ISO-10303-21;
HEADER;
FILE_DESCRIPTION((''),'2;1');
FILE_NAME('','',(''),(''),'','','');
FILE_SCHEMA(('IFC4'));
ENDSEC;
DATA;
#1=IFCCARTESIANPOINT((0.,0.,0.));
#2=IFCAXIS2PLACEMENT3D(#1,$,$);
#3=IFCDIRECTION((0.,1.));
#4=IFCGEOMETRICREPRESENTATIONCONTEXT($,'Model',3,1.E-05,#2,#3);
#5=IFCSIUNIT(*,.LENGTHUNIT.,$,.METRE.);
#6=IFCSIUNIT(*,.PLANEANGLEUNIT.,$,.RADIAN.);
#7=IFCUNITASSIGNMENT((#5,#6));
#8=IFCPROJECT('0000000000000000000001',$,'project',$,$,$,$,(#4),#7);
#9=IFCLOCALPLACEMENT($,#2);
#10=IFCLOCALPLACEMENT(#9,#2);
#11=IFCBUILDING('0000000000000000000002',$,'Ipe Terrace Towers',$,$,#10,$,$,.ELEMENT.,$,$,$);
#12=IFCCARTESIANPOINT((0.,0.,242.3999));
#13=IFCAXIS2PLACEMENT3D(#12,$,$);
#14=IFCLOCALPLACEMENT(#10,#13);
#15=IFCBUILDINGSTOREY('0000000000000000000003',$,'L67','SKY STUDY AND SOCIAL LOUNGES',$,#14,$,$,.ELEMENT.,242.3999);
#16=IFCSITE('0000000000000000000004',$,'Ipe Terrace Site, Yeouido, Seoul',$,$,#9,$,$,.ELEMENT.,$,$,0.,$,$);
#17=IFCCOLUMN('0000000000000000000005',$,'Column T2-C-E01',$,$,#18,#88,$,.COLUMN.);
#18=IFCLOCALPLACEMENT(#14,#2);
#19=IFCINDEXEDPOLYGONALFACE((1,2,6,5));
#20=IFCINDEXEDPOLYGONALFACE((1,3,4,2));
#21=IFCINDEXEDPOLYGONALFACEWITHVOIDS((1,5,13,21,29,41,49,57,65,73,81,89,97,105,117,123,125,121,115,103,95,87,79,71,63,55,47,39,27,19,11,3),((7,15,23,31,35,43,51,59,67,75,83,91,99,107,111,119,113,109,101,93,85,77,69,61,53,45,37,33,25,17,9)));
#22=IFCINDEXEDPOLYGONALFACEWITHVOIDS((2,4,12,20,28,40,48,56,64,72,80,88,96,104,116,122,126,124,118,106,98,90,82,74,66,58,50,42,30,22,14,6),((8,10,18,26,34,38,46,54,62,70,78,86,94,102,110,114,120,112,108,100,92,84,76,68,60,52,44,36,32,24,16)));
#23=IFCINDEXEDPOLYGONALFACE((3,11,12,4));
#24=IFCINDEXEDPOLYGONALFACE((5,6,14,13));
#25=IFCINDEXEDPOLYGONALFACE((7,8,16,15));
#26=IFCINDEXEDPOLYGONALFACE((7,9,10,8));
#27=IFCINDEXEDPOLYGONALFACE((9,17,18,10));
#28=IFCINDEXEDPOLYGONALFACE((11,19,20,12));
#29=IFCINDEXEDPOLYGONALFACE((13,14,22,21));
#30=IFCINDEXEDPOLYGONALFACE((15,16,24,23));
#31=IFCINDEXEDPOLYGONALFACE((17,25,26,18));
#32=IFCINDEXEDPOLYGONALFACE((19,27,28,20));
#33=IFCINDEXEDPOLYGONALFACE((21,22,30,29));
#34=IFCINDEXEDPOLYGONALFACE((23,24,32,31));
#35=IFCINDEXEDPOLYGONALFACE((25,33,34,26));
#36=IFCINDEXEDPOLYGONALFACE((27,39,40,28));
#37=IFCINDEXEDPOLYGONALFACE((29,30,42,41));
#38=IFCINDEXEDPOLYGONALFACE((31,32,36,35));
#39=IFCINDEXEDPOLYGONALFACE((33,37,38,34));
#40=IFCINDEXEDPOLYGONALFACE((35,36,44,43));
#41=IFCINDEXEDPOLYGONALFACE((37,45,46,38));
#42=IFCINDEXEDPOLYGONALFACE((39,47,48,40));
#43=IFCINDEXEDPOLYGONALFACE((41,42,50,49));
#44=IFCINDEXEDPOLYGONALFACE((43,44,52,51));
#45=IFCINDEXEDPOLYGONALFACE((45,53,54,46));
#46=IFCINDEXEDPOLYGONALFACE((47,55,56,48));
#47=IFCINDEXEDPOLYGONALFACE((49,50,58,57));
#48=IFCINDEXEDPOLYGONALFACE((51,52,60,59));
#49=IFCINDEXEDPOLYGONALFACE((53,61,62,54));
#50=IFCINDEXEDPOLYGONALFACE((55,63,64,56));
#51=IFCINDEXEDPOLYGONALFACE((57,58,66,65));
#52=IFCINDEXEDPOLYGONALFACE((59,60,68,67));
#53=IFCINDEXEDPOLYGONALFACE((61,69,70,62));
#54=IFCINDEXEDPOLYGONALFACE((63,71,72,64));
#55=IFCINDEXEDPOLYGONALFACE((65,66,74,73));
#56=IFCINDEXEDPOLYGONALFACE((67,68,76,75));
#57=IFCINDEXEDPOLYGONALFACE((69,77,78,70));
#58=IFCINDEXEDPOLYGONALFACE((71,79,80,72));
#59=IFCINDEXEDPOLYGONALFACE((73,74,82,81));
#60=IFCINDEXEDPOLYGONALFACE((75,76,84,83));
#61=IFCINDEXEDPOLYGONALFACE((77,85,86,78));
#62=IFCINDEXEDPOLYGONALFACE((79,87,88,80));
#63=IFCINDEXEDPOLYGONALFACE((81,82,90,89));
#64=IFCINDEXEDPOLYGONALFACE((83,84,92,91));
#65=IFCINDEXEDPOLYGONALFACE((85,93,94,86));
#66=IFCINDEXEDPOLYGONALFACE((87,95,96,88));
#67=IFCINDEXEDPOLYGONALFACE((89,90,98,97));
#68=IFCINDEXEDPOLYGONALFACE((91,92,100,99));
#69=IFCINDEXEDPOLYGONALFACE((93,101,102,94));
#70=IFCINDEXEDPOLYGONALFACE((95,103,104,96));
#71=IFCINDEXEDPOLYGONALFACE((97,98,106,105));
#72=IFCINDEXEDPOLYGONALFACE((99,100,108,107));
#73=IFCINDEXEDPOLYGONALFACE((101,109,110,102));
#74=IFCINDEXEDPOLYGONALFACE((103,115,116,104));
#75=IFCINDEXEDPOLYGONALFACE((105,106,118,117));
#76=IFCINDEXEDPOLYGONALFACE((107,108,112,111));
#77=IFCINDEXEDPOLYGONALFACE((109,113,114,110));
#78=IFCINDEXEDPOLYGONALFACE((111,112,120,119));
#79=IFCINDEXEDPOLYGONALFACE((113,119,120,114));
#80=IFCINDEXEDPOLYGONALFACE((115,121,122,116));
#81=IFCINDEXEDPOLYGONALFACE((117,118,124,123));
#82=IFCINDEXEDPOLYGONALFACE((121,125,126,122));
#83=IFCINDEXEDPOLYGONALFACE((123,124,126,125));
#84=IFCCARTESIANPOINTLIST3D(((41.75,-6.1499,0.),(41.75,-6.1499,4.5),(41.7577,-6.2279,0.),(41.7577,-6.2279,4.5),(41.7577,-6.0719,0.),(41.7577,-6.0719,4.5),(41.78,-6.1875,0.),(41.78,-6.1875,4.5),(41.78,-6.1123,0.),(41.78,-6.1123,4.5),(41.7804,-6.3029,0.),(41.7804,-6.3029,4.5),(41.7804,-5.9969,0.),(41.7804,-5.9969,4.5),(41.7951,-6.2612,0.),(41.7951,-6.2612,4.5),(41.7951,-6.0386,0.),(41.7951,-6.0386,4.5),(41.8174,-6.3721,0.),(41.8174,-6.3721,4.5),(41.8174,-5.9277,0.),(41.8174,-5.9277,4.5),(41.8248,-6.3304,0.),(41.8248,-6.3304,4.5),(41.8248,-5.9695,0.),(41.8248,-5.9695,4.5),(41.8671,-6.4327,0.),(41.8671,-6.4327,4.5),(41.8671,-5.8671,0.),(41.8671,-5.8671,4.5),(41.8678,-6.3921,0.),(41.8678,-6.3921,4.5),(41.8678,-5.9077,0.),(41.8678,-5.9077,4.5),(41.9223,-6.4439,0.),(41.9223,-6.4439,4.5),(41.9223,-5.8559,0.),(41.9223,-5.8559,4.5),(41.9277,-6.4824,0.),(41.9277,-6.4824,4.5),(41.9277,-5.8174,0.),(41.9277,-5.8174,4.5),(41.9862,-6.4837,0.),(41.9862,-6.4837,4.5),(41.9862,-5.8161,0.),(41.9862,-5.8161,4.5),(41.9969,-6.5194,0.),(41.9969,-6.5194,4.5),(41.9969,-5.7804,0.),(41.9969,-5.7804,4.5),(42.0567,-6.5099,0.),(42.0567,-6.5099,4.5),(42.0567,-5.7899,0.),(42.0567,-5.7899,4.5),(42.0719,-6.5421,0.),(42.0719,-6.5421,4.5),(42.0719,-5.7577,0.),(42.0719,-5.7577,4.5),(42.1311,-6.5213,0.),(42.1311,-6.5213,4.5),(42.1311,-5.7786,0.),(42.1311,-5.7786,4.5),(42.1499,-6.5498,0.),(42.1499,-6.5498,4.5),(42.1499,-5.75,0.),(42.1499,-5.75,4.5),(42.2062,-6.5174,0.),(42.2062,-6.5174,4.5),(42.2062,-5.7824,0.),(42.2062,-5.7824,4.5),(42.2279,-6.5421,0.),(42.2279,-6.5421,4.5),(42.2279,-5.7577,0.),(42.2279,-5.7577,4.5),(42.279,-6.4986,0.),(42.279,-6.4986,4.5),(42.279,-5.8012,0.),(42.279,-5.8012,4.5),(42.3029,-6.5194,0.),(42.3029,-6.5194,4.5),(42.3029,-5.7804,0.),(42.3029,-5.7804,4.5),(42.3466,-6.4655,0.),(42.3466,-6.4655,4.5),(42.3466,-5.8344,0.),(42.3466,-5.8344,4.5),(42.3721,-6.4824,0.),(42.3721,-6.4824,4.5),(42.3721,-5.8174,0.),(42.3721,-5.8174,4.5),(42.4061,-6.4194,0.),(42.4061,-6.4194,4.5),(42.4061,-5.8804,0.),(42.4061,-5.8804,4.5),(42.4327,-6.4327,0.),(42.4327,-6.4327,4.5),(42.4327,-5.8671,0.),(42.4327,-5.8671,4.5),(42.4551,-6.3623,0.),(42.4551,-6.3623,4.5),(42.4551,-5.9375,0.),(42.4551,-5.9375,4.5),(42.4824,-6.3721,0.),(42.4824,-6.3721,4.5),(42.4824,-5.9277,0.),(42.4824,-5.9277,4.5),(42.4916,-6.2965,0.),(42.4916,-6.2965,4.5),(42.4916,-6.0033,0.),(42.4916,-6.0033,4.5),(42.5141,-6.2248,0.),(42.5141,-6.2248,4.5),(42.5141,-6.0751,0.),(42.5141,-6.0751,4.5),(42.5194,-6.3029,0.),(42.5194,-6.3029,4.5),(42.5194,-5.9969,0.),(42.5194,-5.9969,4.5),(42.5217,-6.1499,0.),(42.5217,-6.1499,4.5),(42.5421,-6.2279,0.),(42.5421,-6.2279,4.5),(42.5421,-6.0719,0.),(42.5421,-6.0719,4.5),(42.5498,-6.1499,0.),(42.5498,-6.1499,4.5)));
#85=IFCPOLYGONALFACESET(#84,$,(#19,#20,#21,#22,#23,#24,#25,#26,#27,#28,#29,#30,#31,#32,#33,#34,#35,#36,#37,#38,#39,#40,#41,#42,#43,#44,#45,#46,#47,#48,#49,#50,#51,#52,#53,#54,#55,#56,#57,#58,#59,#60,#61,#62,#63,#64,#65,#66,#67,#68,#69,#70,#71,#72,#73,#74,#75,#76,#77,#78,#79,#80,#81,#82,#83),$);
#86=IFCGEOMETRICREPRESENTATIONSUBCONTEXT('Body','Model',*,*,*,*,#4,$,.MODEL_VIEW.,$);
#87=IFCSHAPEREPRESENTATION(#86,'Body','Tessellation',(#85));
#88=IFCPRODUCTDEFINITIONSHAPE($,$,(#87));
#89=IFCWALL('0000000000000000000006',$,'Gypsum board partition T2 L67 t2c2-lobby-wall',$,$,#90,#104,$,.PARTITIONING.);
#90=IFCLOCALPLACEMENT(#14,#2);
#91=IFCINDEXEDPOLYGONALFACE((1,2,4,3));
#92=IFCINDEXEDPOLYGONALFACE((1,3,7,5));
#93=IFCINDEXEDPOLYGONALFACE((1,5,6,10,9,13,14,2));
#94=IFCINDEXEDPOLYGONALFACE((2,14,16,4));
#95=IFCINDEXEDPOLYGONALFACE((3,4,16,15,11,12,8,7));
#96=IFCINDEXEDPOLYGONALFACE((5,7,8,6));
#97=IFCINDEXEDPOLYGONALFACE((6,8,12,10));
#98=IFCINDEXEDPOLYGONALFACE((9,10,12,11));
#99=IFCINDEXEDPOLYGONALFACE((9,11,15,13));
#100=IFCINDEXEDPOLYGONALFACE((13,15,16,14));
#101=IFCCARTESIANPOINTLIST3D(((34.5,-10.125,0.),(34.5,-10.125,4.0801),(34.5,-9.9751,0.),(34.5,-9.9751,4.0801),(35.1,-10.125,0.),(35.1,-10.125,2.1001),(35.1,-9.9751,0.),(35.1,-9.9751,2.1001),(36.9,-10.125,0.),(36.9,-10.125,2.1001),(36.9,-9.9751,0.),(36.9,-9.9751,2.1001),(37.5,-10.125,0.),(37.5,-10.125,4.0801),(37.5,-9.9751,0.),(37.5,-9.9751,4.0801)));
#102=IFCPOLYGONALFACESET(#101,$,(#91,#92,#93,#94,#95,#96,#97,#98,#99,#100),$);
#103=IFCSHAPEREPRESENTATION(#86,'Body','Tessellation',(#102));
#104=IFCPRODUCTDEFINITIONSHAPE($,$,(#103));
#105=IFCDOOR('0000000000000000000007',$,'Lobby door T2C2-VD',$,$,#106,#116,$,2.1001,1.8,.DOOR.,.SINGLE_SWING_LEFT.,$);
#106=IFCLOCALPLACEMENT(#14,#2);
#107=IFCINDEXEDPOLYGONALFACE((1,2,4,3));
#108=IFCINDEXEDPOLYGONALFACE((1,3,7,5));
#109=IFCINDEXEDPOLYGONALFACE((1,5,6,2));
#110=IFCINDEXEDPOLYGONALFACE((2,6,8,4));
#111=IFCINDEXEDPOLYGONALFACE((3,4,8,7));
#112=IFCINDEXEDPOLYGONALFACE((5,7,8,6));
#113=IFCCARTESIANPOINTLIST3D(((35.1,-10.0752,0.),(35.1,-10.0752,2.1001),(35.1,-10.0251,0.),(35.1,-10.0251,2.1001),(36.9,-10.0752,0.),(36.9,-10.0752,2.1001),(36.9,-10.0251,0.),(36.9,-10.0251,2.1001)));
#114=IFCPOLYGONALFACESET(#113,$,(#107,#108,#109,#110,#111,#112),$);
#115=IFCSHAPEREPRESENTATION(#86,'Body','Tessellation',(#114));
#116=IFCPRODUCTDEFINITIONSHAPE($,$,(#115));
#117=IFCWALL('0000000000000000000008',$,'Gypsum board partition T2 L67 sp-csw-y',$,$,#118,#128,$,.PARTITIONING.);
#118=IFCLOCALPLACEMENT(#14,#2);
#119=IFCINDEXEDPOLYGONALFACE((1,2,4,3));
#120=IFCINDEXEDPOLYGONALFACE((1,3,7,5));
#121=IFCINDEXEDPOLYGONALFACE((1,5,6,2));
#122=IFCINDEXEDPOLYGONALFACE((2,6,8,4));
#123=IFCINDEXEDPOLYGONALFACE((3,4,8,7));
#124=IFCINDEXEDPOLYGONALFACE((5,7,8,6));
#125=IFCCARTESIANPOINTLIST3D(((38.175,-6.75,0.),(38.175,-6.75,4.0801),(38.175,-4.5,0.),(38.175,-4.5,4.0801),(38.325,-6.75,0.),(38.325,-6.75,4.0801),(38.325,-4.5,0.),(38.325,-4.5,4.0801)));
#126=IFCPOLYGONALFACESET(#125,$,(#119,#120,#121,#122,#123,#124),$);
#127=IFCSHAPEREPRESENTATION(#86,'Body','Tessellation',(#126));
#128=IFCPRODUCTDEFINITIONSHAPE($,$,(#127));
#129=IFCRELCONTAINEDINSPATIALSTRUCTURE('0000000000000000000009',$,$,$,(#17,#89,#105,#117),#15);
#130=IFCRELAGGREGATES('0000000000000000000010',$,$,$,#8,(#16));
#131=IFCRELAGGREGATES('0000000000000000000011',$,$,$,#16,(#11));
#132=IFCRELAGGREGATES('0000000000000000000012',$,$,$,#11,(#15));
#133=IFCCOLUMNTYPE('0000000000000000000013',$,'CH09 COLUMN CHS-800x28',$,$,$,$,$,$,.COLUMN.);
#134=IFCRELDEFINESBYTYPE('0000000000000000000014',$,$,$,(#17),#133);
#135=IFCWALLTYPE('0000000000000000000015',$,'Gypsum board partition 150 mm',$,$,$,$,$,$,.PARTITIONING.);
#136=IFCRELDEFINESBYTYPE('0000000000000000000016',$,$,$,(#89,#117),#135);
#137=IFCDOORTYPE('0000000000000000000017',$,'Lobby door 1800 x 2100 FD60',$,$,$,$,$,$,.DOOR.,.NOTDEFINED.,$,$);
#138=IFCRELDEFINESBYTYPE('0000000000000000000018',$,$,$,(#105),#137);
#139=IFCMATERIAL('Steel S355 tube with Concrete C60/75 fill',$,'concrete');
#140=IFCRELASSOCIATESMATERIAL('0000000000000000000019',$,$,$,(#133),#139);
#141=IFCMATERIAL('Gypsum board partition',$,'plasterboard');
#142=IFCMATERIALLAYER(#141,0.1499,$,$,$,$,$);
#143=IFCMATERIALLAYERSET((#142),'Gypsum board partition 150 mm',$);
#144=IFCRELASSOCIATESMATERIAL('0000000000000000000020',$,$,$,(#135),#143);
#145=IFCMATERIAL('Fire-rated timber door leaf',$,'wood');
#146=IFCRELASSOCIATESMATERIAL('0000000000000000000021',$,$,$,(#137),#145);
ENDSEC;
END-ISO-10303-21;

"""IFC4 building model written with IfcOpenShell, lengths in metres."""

from ifc_helpers import new_model, si_unit, direction, frame, frame_2d, origin, origin_2d, place, context, subcontext, project, spatial, rectangle, hollow_circle, extrude, material, layer, layer_set, material_profile, profile_set, type_object, element, fill, save


model = new_model("IFC4")

# Units and contexts
model_context = context("Model", 3, precision=1e-05, world=origin(), true_north=direction((0.0, 1.0)))
body_context = subcontext(model_context, "Body", "Model", "MODEL_VIEW")
ifc_project = project(units=[si_unit("LENGTHUNIT", "METRE"), si_unit("PLANEANGLEUNIT", "RADIAN")], contexts=[model_context])

# Site, building, storey
site_placement = place(None, origin())
site = spatial("IfcSite", under=ifc_project, at=site_placement, Name="Ipe Terrace Site, Yeouido, Seoul", CompositionType="ELEMENT", RefElevation=0.0)
building_placement = place(site_placement, origin())
building = spatial("IfcBuilding", under=site, at=building_placement, Name="Ipe Terrace Towers", CompositionType="ELEMENT")
storey_placement = place(building_placement, frame((0.0, 0.0, 242.3999)))
storey = spatial("IfcBuildingStorey", under=building, at=storey_placement, Name="L67", Description="SKY STUDY AND SOCIAL LOUNGES", CompositionType="ELEMENT", Elevation=242.3999)

# Column
ifc_material_1 = material(Name="Steel S355 tube with Concrete C60/75 fill", Category="concrete")
ifc_material_profile_1 = material_profile(ifc_material_1, hollow_circle(Radius=0.3999, WallThickness=0.0281, at=origin_2d()), Name="CHS-800x28")
ifc_profile_set_1 = profile_set([ifc_material_profile_1], Name="Steel S355 tube with Concrete C60/75 fill")
column_type = type_object("IfcColumnType", Name="CH09 COLUMN CHS-800x28", PredefinedType="COLUMN", material=ifc_profile_set_1)
column_placement = place(storey_placement, frame((42.1499, -6.1499, 0.0), z_axis=(0.0, 0.0, 1.0), x_axis=(1.0, 0.0, 0.0)))
element("IfcColumn", 1, at=column_placement, inside=storey, type_object=column_type, Name="Column T2-C-E01", PredefinedType="COLUMN", context=body_context, shape_type="SweptSolid", body=[
    extrude(hollow_circle(Radius=0.3999, WallThickness=0.0281, at=origin_2d()), origin(), (0.0, 0.0, 1.0), 4.5),
])

# Wall, opening, door
ifc_material_2 = material(Name="Gypsum board partition", Category="plasterboard")
ifc_layer_1 = layer(ifc_material_2, 0.1499)
ifc_layer_set_1 = layer_set([ifc_layer_1], Name="Gypsum board partition 150 mm")
wall_type_1 = type_object("IfcWallType", Name="Gypsum board partition 150 mm", PredefinedType="PARTITIONING", material=ifc_layer_set_1)
wall_1_placement = place(storey_placement, frame((34.5, -10.05, 0.0), z_axis=(0.0, 0.0, 1.0), x_axis=(1.0, 0.0, 0.0)))
wall_1 = element("IfcWall", 2, at=wall_1_placement, inside=storey, type_object=wall_type_1, Name="Gypsum board partition T2 L67 t2c2-lobby-wall", PredefinedType="PARTITIONING", context=body_context, shape_type="SweptSolid", body=[
    extrude(rectangle(XDim=3.0, YDim=0.1499, at=frame_2d((1.5, 0.0))), origin(), (0.0, 0.0, 1.0), 4.0801),
])
opening_1_placement = place(wall_1_placement, frame((0.6001, 0.0, 0.0)))
opening_1 = element("IfcOpeningElement", 3, at=opening_1_placement, cuts=wall_1, PredefinedType="OPENING", context=body_context, shape_type="SweptSolid", body=[
    extrude(rectangle(XDim=1.8, YDim=2.1001, at=frame_2d((0.8999, 1.05))), frame((0.0, 0.085, 0.0), z_axis=(0.0, -1.0, 0.0), x_axis=(1.0, 0.0, 0.0)), (0.0, 0.0, 1.0), 0.1699),
])
ifc_material_3 = material(Name="Fire-rated timber door leaf", Category="wood")
door_type_1 = type_object("IfcDoorType", Name="Lobby door 1800 x 2100 FD60", OperationType="NOTDEFINED", PredefinedType="DOOR", material=ifc_material_3)
door_1_placement = place(opening_1_placement, origin())
door_1 = element("IfcDoor", 4, at=door_1_placement, inside=storey, type_object=door_type_1, Name="Lobby door T2C2-VD", OperationType="SINGLE_SWING_LEFT", OverallHeight=2.1001, OverallWidth=1.8, PredefinedType="DOOR", context=body_context, shape_type="SweptSolid", body=[
    extrude(rectangle(XDim=1.8, YDim=2.1001, at=frame_2d((0.8999, 1.05))), frame((0.0, 0.0249, 0.0), z_axis=(0.0, -1.0, 0.0), x_axis=(1.0, 0.0, 0.0)), (0.0, 0.0, 1.0), 0.05),
])
fill(opening_1, door_1)

# Wall
wall_2_placement = place(storey_placement, frame((38.25, -6.75, 0.0), z_axis=(0.0, 0.0, 1.0), x_axis=(0.0, 1.0, 0.0)))
element("IfcWall", 5, at=wall_2_placement, inside=storey, type_object=wall_type_1, Name="Gypsum board partition T2 L67 sp-csw-y", PredefinedType="PARTITIONING", context=body_context, shape_type="SweptSolid", body=[
    extrude(rectangle(XDim=2.25, YDim=0.1499, at=frame_2d((1.125, 0.0))), origin(), (0.0, 0.0, 1.0), 4.0801),
])

save(model, "model.ifc")
